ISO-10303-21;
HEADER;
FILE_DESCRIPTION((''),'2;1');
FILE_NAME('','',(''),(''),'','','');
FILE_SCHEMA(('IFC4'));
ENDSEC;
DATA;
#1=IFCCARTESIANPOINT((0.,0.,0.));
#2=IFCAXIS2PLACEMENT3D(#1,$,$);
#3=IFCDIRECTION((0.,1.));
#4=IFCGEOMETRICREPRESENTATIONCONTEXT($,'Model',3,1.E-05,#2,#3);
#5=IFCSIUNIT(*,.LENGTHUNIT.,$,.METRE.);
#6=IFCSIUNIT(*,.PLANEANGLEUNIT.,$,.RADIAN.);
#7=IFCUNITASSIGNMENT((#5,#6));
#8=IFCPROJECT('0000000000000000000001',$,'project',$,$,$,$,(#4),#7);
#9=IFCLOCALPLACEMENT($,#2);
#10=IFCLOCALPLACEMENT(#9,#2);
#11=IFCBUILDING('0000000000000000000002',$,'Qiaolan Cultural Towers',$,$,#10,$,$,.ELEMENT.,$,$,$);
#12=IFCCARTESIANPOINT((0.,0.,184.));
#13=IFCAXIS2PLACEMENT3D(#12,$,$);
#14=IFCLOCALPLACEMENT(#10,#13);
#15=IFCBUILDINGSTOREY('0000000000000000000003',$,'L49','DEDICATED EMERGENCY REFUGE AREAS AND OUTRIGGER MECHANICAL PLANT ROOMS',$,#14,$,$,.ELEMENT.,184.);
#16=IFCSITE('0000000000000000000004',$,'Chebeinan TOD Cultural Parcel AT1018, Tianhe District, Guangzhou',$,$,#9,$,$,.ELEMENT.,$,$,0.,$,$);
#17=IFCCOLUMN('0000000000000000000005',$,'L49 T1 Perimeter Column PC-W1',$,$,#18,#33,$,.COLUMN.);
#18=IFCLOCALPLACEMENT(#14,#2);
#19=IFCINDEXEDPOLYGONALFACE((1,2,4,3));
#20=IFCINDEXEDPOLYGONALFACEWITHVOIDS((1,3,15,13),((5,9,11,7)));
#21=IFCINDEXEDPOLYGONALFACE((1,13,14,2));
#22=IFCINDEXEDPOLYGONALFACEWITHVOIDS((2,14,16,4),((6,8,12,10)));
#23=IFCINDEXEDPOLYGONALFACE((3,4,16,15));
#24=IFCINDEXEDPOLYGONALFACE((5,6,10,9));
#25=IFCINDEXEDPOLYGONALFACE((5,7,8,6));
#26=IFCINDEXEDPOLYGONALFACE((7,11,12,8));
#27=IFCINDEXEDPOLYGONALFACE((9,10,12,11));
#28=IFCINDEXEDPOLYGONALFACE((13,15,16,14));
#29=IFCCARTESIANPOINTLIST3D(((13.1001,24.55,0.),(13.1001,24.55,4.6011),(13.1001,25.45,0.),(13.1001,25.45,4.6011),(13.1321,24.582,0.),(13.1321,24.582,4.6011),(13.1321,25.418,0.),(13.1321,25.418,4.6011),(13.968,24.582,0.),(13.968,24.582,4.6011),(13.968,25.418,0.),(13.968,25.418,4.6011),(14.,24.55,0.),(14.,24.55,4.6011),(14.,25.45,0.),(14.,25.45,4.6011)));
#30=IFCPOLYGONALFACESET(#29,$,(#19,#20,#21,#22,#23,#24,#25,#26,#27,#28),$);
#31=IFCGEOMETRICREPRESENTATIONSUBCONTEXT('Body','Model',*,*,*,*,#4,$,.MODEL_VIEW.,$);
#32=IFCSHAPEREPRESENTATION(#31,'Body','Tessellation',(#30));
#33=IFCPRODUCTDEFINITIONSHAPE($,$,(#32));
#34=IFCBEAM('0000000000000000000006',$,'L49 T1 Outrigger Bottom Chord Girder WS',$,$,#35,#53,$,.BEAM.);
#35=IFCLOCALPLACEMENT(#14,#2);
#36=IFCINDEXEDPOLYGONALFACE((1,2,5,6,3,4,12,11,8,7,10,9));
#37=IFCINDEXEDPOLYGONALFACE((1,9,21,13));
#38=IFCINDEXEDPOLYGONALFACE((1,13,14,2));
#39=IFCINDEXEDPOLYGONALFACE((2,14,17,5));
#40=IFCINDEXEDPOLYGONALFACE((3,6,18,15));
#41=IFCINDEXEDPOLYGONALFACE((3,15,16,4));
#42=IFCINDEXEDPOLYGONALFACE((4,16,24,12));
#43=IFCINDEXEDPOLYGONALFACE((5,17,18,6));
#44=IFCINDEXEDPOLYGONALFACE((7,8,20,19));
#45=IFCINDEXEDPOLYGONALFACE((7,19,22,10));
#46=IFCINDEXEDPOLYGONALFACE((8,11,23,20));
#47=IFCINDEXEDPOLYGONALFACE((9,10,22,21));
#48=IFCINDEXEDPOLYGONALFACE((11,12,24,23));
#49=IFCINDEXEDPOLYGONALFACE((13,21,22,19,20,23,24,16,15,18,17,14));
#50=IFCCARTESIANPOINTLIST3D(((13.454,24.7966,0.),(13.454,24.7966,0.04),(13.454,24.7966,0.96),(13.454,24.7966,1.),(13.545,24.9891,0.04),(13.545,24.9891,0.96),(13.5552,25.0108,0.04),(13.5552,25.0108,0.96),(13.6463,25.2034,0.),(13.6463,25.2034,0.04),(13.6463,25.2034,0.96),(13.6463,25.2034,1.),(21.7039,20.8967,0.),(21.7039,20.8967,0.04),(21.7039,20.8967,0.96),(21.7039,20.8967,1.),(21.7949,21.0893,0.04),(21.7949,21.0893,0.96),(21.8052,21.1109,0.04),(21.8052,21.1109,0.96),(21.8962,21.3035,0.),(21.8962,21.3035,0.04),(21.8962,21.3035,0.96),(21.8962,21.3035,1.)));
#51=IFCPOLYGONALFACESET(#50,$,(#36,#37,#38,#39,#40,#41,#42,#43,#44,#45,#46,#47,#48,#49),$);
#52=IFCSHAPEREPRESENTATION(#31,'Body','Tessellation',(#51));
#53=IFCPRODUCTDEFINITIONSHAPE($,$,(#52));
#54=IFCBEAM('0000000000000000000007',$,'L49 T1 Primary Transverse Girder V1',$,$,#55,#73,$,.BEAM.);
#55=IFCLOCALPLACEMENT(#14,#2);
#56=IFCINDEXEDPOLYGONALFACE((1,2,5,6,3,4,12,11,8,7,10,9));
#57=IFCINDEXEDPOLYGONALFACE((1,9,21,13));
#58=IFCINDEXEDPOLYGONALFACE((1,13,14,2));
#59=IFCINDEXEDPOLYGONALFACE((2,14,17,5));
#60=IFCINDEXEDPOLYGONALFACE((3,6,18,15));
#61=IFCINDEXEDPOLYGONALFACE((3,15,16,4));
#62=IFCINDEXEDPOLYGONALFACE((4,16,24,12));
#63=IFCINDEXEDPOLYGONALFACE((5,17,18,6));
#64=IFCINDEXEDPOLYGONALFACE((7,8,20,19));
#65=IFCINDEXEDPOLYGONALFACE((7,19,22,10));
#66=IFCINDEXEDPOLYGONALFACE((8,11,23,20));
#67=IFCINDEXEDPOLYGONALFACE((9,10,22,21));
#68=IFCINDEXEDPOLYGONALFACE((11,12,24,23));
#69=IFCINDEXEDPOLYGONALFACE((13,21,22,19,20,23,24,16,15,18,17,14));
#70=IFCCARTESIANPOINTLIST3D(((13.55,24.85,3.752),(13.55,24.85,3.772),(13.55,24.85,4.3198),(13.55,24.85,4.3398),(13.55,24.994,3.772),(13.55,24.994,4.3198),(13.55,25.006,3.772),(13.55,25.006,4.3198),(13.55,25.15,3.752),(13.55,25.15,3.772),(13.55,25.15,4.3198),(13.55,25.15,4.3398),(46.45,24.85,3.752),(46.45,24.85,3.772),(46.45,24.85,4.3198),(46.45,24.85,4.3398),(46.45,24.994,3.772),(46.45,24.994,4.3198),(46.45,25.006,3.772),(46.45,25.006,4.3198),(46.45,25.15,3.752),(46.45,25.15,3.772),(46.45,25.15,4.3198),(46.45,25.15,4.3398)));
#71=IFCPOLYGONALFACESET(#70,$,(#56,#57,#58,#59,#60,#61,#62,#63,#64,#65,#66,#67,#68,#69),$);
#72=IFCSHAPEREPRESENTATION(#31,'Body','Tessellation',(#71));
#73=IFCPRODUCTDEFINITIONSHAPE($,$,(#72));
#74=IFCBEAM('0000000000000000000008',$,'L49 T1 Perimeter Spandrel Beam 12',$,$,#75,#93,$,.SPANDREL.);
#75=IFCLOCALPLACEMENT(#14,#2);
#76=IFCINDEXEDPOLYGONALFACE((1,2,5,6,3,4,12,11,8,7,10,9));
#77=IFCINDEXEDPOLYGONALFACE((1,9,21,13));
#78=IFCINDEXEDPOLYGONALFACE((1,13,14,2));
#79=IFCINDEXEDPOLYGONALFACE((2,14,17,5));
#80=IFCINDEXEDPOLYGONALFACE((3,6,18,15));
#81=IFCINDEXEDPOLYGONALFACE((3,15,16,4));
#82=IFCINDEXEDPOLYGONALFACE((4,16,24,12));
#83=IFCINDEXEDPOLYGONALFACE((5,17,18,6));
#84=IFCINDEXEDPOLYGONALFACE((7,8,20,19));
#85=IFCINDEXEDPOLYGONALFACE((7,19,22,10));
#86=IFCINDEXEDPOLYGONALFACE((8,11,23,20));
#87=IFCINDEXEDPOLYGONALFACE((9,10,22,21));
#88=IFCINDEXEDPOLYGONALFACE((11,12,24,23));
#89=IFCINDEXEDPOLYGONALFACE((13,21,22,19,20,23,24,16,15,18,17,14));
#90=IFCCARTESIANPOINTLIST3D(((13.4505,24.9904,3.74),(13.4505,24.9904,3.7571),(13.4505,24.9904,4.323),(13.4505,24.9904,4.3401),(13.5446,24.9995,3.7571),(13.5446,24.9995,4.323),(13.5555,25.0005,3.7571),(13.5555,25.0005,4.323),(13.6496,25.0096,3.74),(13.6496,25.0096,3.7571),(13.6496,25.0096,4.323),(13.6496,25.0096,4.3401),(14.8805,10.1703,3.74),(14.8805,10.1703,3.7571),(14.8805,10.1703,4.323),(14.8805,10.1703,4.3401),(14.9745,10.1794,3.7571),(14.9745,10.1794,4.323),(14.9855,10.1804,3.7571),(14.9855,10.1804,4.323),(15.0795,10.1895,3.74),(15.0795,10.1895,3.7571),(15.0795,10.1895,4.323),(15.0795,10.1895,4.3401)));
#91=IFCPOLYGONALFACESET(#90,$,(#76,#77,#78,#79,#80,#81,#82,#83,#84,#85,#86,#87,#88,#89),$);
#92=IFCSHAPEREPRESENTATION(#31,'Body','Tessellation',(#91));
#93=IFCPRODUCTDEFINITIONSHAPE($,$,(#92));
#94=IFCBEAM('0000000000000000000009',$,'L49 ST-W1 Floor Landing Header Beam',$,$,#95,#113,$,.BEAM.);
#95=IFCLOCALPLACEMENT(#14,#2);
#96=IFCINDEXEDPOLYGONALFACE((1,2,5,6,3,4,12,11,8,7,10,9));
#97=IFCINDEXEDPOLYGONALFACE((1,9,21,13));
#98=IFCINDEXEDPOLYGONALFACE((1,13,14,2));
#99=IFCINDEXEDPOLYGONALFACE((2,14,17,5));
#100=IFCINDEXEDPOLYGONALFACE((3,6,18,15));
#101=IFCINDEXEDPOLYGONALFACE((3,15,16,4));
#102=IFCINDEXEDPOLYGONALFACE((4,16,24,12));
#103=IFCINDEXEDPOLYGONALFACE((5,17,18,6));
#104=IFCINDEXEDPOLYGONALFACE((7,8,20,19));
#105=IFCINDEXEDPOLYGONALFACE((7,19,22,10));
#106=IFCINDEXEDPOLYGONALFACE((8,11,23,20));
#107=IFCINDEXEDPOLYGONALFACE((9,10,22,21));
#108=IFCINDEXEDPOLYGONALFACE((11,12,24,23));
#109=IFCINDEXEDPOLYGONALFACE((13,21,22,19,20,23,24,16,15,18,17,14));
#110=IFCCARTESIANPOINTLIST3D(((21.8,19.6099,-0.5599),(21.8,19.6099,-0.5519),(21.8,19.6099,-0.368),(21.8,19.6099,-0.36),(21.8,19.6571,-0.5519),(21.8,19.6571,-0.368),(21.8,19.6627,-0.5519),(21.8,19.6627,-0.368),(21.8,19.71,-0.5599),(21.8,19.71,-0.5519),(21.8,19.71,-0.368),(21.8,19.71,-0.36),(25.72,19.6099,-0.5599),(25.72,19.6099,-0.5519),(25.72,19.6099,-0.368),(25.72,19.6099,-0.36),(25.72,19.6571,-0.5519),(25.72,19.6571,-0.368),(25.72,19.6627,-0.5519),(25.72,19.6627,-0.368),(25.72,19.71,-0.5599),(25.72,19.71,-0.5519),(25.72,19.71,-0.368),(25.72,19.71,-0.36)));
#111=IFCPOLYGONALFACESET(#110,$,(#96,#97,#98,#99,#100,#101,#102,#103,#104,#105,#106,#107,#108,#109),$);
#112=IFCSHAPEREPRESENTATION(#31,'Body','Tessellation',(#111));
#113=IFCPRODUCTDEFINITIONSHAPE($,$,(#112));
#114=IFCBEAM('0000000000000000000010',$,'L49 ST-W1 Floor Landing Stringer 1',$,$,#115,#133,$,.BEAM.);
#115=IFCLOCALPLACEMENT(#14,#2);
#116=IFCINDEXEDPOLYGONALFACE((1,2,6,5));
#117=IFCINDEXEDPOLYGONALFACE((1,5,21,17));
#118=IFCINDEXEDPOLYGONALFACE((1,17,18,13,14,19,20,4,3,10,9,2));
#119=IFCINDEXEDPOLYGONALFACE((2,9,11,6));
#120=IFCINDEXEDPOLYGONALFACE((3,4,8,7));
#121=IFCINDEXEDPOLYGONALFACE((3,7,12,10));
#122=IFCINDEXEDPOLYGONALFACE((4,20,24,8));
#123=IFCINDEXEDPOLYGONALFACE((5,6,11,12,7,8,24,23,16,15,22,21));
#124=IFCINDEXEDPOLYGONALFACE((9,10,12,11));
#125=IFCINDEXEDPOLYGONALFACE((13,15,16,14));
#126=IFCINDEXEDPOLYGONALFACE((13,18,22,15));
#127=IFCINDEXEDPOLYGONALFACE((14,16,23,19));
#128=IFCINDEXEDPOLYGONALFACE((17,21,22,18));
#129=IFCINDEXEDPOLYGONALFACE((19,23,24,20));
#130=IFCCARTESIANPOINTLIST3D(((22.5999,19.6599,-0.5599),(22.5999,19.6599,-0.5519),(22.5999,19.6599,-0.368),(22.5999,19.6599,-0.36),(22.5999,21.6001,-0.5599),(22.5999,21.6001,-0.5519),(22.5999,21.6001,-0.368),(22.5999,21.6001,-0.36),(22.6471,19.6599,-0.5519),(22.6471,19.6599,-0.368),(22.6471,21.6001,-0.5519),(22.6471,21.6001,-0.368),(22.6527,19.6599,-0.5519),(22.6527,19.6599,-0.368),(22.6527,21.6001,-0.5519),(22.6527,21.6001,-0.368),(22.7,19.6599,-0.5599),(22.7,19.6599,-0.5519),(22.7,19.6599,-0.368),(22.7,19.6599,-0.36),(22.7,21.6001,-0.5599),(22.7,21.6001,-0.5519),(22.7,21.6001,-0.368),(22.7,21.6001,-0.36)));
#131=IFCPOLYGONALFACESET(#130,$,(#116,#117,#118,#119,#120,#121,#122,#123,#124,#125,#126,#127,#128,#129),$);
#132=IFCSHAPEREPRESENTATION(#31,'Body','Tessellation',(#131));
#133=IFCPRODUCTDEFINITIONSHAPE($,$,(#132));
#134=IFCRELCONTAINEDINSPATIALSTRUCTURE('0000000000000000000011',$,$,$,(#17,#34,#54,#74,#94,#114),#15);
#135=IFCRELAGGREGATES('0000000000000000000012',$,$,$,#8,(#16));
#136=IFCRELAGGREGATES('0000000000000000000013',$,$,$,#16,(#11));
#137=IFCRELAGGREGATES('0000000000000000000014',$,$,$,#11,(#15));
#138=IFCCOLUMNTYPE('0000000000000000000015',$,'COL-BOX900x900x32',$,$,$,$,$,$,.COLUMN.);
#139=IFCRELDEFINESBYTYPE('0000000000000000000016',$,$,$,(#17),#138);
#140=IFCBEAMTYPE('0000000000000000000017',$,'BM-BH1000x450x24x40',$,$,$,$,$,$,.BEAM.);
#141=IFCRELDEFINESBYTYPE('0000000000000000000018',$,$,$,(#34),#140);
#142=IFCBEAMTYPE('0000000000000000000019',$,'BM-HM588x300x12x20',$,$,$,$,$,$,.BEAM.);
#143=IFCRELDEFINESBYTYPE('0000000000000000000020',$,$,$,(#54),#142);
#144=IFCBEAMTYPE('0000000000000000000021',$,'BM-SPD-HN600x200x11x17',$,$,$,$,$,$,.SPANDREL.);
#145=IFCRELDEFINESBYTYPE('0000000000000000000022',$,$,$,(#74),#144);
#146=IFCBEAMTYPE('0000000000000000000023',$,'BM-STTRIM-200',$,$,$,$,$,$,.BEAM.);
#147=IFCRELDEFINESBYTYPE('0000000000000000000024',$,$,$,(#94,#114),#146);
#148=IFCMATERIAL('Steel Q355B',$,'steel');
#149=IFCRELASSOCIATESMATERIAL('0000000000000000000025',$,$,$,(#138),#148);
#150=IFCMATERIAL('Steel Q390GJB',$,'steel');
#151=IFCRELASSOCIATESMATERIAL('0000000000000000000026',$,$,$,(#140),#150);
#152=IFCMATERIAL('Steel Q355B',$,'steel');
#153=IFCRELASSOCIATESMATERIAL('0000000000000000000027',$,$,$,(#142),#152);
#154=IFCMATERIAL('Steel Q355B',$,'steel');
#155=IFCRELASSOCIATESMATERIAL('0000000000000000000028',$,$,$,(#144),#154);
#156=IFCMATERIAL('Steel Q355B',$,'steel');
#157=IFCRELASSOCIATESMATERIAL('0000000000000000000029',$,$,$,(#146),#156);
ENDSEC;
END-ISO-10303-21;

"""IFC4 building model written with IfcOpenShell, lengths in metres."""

from ifc_helpers import new_model, si_unit, direction, frame, origin, origin_2d, place, context, subcontext, project, spatial, hollow_rectangle, i_section, extrude, material, material_profile, profile_set, type_object, element, save


model = new_model("IFC4")

# Units and contexts
model_context = context("Model", 3, precision=1e-05, world=origin(), true_north=direction((0.0, 1.0)))
body_context = subcontext(model_context, "Body", "Model", "MODEL_VIEW")
ifc_project = project(units=[si_unit("LENGTHUNIT", "METRE"), si_unit("PLANEANGLEUNIT", "RADIAN")], contexts=[model_context])

# Site, building, storey
site_placement = place(None, origin())
site = spatial("IfcSite", under=ifc_project, at=site_placement, Name="Chebeinan TOD Cultural Parcel AT1018, Tianhe District, Guangzhou", CompositionType="ELEMENT", RefElevation=0.0)
building_placement = place(site_placement, origin())
building = spatial("IfcBuilding", under=site, at=building_placement, Name="Qiaolan Cultural Towers", CompositionType="ELEMENT")
storey_placement = place(building_placement, frame((0.0, 0.0, 184.0)))
storey = spatial("IfcBuildingStorey", under=building, at=storey_placement, Name="L49", Description="DEDICATED EMERGENCY REFUGE AREAS AND OUTRIGGER MECHANICAL PLANT ROOMS", CompositionType="ELEMENT", Elevation=184.0)

# Column
ifc_material_1 = material(Name="Steel Q355B", Category="steel")
ifc_material_profile_1 = material_profile(ifc_material_1, hollow_rectangle(XDim=0.8999, YDim=0.8999, WallThickness=0.032, at=origin_2d()), Name="BOX900x900x32")
ifc_profile_set_1 = profile_set([ifc_material_profile_1], Name="Steel Q355B")
column_type = type_object("IfcColumnType", Name="COL-BOX900x900x32", PredefinedType="COLUMN", material=ifc_profile_set_1)
column_placement = place(storey_placement, frame((13.55, 25.0, 0.0), z_axis=(0.0, 0.0, 1.0), x_axis=(1.0, 0.0, 0.0)))
element("IfcColumn", 1, at=column_placement, inside=storey, type_object=column_type, Name="L49 T1 Perimeter Column PC-W1", PredefinedType="COLUMN", context=body_context, shape_type="SweptSolid", body=[
    extrude(hollow_rectangle(XDim=0.8999, YDim=0.8999, WallThickness=0.032, at=origin_2d()), origin(), (0.0, 0.0, 1.0), 4.6011),
])

# Beams
ifc_material_2 = material(Name="Steel Q390GJB", Category="steel")
ifc_material_profile_2 = material_profile(ifc_material_2, i_section(OverallWidth=0.45, OverallDepth=1.0, WebThickness=0.0239, FlangeThickness=0.04, at=origin_2d()), Name="BH1000x450x24x40")
ifc_profile_set_2 = profile_set([ifc_material_profile_2], Name="Steel Q390GJB")
beam_type_1 = type_object("IfcBeamType", Name="BM-BH1000x450x24x40", PredefinedType="BEAM", material=ifc_profile_set_2)
beam_1_placement = place(storey_placement, frame((21.8, 21.1001, 0.5), z_axis=(-0.904076, 0.427371, 0.0), x_axis=(-0.427371, -0.904076, 0.0)))
element("IfcBeam", 2, at=beam_1_placement, inside=storey, type_object=beam_type_1, Name="L49 T1 Outrigger Bottom Chord Girder WS", PredefinedType="BEAM", context=body_context, shape_type="SweptSolid", body=[
    extrude(i_section(OverallWidth=0.45, OverallDepth=1.0, WebThickness=0.0239, FlangeThickness=0.04, at=origin_2d()), origin(), (0.0, 0.0, 1.0), 9.1252),
])
ifc_material_3 = material(Name="Steel Q355B", Category="steel")
ifc_material_profile_3 = material_profile(ifc_material_3, i_section(OverallWidth=0.3, OverallDepth=0.5879, WebThickness=0.012, FlangeThickness=0.02, at=origin_2d()), Name="HM588x300x12x20")
ifc_profile_set_3 = profile_set([ifc_material_profile_3], Name="Steel Q355B")
beam_type_2 = type_object("IfcBeamType", Name="BM-HM588x300x12x20", PredefinedType="BEAM", material=ifc_profile_set_3)
beam_2_placement = place(storey_placement, frame((13.55, 25.0, 4.0459), z_axis=(1.0, 0.0, 0.0), x_axis=(0.0, 1.0, 0.0)))
element("IfcBeam", 3, at=beam_2_placement, inside=storey, type_object=beam_type_2, Name="L49 T1 Primary Transverse Girder V1", PredefinedType="BEAM", context=body_context, shape_type="SweptSolid", body=[
    extrude(i_section(OverallWidth=0.3, OverallDepth=0.5879, WebThickness=0.012, FlangeThickness=0.02, at=origin_2d()), origin(), (0.0, 0.0, 1.0), 32.8999),
])
ifc_material_4 = material(Name="Steel Q355B", Category="steel")
ifc_material_profile_4 = material_profile(ifc_material_4, i_section(OverallWidth=0.2, OverallDepth=0.6001, WebThickness=0.011, FlangeThickness=0.0171, at=origin_2d()), Name="HN600x200x11x17")
ifc_profile_set_4 = profile_set([ifc_material_profile_4], Name="Steel Q355B")
beam_type_3 = type_object("IfcBeamType", Name="BM-SPD-HN600x200x11x17", PredefinedType="SPANDREL", material=ifc_profile_set_4)
beam_3_placement = place(storey_placement, frame((13.55, 25.0, 4.04), z_axis=(0.09604, -0.995377, 0.0), x_axis=(0.995377, 0.09604, 0.0)))
element("IfcBeam", 4, at=beam_3_placement, inside=storey, type_object=beam_type_3, Name="L49 T1 Perimeter Spandrel Beam 12", PredefinedType="SPANDREL", context=body_context, shape_type="SweptSolid", body=[
    extrude(i_section(OverallWidth=0.2, OverallDepth=0.6001, WebThickness=0.011, FlangeThickness=0.0171, at=origin_2d()), origin(), (0.0, 0.0, 1.0), 14.8889),
])
ifc_material_5 = material(Name="Steel Q355B", Category="steel")
ifc_material_profile_5 = material_profile(ifc_material_5, i_section(OverallWidth=0.1001, OverallDepth=0.2, WebThickness=0.0056, FlangeThickness=0.0081, at=origin_2d()), Name="HN200x100x5.5x8")
ifc_profile_set_5 = profile_set([ifc_material_profile_5], Name="Steel Q355B")
beam_type_4 = type_object("IfcBeamType", Name="BM-STTRIM-200", PredefinedType="BEAM", material=ifc_profile_set_5)
beam_4_placement = place(storey_placement, frame((21.8, 19.6599, -0.46), z_axis=(1.0, 0.0, 0.0), x_axis=(0.0, 1.0, 0.0)))
element("IfcBeam", 5, at=beam_4_placement, inside=storey, type_object=beam_type_4, Name="L49 ST-W1 Floor Landing Header Beam", PredefinedType="BEAM", context=body_context, shape_type="SweptSolid", body=[
    extrude(i_section(OverallWidth=0.1001, OverallDepth=0.2, WebThickness=0.0056, FlangeThickness=0.0081, at=origin_2d()), origin(), (0.0, 0.0, 1.0), 3.9199),
])
beam_5_placement = place(storey_placement, frame((22.6499, 21.6001, -0.46), z_axis=(0.0, -1.0, 0.0), x_axis=(1.0, 0.0, 0.0)))
element("IfcBeam", 6, at=beam_5_placement, inside=storey, type_object=beam_type_4, Name="L49 ST-W1 Floor Landing Stringer 1", PredefinedType="BEAM", context=body_context, shape_type="SweptSolid", body=[
    extrude(i_section(OverallWidth=0.1001, OverallDepth=0.2, WebThickness=0.0056, FlangeThickness=0.0081, at=origin_2d()), origin(), (0.0, 0.0, 1.0), 1.9402),
])

save(model, "model.ifc")
